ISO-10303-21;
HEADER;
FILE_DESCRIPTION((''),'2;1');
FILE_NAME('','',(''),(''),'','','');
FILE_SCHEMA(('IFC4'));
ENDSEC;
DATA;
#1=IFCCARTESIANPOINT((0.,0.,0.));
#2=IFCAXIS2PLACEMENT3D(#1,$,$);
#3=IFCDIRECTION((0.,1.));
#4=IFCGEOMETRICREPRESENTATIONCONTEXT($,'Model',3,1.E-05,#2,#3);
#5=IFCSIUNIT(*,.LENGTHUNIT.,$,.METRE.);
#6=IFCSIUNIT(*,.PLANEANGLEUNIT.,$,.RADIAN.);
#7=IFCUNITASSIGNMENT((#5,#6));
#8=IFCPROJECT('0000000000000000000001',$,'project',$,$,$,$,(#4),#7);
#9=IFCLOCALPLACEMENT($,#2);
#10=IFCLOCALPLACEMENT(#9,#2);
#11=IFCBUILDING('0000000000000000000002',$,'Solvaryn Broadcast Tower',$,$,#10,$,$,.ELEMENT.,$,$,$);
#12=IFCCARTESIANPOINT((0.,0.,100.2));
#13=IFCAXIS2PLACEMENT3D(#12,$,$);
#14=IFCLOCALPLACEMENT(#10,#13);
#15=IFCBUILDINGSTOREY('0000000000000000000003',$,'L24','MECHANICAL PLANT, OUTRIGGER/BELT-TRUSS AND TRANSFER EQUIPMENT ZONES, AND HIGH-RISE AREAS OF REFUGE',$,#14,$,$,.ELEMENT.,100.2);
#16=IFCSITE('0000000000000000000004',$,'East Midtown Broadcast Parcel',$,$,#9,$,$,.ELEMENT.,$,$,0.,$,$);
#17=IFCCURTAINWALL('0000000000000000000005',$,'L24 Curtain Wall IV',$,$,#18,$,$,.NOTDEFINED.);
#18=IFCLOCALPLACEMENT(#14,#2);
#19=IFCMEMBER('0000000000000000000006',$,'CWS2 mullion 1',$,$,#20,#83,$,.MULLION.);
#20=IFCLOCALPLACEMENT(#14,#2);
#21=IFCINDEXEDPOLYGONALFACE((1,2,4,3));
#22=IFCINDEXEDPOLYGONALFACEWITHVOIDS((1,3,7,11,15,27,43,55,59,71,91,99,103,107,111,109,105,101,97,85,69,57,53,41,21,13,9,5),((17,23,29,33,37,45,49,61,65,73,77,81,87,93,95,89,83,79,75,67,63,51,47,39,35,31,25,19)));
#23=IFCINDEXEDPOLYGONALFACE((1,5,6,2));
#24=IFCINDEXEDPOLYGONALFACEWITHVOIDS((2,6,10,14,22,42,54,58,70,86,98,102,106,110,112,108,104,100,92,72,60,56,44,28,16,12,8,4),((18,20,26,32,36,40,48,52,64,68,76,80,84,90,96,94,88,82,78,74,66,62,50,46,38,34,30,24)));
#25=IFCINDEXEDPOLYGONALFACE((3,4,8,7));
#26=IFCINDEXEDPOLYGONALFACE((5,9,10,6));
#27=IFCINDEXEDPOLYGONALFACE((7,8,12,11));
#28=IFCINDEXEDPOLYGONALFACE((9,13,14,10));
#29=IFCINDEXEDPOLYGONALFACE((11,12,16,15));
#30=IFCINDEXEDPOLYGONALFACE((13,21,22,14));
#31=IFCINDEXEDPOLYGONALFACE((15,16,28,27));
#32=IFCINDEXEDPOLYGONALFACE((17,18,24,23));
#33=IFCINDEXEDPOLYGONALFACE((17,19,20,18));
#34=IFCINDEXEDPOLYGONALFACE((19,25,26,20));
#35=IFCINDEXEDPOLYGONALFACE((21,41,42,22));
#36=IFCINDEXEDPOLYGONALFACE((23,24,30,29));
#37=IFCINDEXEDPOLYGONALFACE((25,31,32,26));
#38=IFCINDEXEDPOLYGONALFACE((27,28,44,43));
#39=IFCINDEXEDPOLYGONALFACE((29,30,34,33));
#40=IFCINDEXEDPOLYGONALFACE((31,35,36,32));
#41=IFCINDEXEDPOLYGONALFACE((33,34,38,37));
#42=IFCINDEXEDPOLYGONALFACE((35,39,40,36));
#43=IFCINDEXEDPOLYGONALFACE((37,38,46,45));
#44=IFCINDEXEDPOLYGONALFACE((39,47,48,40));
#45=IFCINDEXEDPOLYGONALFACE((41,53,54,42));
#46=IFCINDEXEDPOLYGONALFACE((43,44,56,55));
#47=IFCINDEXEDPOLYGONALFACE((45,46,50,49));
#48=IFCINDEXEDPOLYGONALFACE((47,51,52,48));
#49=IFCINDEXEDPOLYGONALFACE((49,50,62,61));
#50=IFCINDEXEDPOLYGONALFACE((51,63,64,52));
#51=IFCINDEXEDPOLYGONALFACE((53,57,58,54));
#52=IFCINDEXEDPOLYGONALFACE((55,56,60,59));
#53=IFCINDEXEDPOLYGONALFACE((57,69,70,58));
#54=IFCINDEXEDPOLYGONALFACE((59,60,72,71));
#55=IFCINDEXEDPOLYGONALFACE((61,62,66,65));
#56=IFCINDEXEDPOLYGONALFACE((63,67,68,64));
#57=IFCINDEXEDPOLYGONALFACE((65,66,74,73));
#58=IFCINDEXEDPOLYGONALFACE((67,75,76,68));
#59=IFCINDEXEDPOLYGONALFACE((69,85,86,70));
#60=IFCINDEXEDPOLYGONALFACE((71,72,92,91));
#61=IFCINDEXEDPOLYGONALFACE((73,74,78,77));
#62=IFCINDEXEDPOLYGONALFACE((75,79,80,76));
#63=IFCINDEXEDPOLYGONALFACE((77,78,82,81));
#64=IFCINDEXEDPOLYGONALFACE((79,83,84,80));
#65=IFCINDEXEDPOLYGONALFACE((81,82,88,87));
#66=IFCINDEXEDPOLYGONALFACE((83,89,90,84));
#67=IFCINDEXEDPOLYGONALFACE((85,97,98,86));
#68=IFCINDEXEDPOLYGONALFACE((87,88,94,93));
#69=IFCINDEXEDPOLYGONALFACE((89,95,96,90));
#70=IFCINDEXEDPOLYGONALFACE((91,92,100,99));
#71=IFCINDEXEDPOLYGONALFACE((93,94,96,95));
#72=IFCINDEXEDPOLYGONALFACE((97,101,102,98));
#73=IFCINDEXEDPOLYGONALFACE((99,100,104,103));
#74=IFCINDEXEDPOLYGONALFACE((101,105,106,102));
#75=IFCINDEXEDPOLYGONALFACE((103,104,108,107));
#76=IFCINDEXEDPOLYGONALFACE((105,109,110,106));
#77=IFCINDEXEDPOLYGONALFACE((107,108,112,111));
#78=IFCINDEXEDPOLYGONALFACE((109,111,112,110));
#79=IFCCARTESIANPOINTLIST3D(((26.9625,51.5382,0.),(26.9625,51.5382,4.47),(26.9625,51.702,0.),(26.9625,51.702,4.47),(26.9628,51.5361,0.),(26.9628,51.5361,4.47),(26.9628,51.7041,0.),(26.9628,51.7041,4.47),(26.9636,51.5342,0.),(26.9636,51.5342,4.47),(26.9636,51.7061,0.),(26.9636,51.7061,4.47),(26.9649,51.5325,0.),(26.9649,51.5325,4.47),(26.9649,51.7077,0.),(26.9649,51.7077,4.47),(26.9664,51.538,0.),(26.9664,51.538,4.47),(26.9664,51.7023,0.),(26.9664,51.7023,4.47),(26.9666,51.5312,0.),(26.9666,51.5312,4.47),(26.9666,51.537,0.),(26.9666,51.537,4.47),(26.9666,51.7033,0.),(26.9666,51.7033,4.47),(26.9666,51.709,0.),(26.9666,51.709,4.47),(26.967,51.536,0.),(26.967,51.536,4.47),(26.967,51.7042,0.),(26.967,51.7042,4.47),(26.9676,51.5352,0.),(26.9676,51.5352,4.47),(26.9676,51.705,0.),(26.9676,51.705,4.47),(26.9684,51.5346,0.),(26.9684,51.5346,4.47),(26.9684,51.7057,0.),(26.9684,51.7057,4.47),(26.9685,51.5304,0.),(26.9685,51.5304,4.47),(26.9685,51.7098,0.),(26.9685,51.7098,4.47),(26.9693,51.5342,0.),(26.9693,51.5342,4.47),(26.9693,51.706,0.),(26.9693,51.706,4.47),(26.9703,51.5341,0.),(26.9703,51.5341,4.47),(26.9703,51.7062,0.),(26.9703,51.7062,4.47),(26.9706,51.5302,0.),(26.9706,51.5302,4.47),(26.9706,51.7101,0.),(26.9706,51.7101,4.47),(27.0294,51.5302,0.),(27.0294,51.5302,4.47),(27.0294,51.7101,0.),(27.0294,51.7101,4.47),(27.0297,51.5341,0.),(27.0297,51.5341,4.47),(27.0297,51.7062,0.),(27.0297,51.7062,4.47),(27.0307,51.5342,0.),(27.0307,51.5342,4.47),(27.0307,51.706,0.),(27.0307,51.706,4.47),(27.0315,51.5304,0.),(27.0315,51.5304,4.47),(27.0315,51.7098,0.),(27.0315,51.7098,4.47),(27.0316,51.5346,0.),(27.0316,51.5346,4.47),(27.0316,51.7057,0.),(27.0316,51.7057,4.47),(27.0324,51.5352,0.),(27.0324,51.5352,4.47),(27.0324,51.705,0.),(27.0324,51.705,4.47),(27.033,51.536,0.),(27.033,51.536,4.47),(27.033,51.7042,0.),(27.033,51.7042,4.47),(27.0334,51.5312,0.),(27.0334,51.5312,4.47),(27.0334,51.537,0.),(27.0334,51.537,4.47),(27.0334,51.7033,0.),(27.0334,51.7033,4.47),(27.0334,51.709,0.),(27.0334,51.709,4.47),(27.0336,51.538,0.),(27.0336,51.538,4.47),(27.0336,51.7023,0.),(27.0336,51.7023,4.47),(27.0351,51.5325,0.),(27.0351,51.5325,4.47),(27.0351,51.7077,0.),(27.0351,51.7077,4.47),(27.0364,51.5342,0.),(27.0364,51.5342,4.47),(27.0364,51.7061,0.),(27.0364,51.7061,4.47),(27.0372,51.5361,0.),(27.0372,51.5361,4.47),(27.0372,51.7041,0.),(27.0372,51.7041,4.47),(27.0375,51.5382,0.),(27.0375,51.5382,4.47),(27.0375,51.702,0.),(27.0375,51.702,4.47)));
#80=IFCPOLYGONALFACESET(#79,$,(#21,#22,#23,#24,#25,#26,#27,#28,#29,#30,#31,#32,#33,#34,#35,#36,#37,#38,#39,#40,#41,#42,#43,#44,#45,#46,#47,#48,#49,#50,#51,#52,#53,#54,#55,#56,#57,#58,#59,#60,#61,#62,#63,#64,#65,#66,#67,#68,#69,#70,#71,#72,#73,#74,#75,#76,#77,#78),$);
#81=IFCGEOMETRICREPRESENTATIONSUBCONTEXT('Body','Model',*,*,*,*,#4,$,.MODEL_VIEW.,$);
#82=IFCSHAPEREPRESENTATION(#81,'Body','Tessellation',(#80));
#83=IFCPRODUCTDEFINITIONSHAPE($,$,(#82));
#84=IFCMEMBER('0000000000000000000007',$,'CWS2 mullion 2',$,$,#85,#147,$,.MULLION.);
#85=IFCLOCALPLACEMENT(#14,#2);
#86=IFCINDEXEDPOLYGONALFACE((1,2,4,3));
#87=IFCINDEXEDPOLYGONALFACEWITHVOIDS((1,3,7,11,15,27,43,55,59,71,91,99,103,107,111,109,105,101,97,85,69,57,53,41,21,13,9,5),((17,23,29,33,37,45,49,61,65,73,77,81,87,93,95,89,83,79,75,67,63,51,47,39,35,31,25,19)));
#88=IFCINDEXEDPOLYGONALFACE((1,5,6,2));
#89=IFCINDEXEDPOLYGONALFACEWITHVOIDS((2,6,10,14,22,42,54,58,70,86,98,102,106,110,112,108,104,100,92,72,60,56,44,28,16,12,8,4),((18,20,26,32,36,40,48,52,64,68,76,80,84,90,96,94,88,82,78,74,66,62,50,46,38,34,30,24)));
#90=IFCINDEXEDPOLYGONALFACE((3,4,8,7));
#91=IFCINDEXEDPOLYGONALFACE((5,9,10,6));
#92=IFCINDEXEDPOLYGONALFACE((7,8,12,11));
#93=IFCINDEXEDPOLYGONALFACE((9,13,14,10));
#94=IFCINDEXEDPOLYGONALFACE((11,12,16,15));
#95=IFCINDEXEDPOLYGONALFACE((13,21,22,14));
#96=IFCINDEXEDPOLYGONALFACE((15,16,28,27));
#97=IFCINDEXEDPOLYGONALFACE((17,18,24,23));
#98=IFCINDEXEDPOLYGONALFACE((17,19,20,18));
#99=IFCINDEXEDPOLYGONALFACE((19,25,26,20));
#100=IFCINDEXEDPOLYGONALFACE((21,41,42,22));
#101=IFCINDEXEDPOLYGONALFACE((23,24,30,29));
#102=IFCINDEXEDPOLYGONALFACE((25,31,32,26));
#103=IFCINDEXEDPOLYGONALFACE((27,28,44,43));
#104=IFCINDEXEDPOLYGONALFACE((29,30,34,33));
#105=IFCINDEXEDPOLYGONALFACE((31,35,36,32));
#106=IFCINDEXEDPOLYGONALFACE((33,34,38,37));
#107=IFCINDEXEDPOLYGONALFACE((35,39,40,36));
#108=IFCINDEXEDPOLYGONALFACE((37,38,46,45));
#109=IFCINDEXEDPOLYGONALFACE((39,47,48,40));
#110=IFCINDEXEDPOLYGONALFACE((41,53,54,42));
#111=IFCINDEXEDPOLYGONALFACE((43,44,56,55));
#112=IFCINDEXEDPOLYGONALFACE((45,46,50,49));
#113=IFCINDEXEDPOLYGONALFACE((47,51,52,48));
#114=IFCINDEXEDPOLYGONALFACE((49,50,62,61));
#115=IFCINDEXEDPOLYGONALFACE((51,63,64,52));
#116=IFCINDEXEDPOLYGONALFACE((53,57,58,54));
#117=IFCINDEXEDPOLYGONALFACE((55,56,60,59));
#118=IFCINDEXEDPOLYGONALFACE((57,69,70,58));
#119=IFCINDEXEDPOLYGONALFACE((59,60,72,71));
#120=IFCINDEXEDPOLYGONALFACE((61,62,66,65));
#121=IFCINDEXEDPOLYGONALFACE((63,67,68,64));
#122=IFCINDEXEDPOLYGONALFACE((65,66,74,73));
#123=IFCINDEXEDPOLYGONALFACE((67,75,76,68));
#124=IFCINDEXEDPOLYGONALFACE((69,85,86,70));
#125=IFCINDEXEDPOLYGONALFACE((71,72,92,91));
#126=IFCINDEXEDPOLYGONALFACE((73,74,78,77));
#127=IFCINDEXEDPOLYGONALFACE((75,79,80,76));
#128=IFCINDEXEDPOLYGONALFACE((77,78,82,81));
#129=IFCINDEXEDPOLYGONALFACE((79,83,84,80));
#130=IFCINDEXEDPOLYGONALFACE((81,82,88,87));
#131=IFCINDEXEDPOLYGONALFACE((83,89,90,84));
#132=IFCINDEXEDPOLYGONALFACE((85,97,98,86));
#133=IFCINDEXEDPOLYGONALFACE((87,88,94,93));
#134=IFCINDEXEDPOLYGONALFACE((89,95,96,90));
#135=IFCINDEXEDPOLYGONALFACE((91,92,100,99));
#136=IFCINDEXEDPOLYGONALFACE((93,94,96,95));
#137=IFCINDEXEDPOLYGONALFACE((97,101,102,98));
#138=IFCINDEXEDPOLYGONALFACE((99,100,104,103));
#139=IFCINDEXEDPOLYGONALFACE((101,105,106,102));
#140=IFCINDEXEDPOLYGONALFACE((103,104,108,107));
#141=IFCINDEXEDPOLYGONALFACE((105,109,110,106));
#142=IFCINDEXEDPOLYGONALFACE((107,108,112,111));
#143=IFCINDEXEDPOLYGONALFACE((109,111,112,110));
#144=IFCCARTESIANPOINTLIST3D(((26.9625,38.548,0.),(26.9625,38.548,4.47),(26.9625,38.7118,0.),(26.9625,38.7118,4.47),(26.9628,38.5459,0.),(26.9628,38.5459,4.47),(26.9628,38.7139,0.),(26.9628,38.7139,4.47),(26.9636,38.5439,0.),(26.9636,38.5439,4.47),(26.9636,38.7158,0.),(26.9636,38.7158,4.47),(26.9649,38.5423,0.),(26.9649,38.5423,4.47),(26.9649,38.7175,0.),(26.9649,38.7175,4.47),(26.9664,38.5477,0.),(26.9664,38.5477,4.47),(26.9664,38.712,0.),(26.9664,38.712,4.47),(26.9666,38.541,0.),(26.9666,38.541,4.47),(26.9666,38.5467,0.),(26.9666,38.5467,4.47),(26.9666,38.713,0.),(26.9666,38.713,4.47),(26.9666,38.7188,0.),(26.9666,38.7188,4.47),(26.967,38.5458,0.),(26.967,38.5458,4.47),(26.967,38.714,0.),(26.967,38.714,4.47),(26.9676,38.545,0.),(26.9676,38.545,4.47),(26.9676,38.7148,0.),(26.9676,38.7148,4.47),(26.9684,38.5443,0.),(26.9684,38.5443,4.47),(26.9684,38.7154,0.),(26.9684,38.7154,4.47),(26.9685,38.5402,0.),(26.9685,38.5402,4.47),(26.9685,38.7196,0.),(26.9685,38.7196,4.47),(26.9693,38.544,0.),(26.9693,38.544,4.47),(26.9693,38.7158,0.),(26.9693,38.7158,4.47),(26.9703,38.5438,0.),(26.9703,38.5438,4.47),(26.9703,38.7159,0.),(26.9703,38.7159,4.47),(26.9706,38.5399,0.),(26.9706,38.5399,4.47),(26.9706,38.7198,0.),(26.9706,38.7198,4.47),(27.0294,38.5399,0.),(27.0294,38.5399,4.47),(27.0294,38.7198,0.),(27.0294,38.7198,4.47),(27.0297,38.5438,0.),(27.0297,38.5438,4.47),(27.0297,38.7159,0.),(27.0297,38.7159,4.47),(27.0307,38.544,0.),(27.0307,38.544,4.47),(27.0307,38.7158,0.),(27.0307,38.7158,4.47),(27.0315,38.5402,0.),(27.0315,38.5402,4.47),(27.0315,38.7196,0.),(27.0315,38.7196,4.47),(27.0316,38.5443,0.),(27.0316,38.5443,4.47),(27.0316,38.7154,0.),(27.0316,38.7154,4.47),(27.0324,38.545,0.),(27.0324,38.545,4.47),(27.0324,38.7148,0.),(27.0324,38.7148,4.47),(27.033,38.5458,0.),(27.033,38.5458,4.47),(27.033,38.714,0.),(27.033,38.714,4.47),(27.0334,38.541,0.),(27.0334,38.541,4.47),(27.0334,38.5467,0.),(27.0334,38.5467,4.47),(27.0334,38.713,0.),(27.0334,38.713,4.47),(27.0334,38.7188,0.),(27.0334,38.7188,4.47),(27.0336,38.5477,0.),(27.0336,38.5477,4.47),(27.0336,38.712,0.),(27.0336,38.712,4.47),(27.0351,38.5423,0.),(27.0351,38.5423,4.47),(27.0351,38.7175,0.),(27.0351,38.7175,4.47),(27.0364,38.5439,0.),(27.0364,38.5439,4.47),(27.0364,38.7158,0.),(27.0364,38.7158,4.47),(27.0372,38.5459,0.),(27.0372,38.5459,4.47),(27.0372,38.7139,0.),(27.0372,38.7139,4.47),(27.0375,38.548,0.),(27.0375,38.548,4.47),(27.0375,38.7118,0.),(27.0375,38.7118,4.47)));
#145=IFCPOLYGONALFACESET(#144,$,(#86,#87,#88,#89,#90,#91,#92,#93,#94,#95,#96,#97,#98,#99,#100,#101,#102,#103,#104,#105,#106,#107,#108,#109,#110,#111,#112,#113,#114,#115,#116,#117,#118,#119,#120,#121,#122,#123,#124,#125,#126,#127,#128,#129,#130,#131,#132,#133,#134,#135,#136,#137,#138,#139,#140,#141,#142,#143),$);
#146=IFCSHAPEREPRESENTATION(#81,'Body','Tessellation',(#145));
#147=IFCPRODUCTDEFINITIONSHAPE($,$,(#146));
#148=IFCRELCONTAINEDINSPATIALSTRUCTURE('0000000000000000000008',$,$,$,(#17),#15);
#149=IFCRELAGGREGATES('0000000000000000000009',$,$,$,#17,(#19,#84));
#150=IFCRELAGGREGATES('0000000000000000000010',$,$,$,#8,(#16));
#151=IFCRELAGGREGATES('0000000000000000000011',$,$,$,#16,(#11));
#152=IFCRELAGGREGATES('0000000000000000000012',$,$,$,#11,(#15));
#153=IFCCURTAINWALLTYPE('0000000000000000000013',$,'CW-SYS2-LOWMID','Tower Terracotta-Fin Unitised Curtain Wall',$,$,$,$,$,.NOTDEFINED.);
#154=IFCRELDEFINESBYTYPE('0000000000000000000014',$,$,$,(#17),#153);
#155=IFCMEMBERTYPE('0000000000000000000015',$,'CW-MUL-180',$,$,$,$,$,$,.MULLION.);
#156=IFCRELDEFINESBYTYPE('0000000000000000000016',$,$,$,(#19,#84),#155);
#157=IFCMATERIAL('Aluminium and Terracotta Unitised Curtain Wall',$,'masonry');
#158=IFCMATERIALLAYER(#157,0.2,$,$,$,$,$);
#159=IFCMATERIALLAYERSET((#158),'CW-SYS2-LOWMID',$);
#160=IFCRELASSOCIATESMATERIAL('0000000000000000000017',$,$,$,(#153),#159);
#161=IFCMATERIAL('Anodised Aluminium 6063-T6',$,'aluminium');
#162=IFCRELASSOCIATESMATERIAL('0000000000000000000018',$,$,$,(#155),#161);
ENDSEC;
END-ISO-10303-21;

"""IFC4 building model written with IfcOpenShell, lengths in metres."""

from ifc_helpers import new_model, si_unit, direction, frame, origin, origin_2d, place, context, subcontext, project, spatial, hollow_rectangle, extrude, material, layer, layer_set, material_profile, profile_set, type_object, element, aggregate, save


model = new_model("IFC4")

# Units and contexts
model_context = context("Model", 3, precision=1e-05, world=origin(), true_north=direction((0.0, 1.0)))
body_context = subcontext(model_context, "Body", "Model", "MODEL_VIEW")
ifc_project = project(units=[si_unit("LENGTHUNIT", "METRE"), si_unit("PLANEANGLEUNIT", "RADIAN")], contexts=[model_context])

# Site, building, storey
site_placement = place(None, origin())
site = spatial("IfcSite", under=ifc_project, at=site_placement, Name="East Midtown Broadcast Parcel", CompositionType="ELEMENT", RefElevation=0.0)
building_placement = place(site_placement, origin())
building = spatial("IfcBuilding", under=site, at=building_placement, Name="Solvaryn Broadcast Tower", CompositionType="ELEMENT")
storey_placement = place(building_placement, frame((0.0, 0.0, 100.2)))
storey = spatial("IfcBuildingStorey", under=building, at=storey_placement, Name="L24", Description="MECHANICAL PLANT, OUTRIGGER/BELT-TRUSS AND TRANSFER EQUIPMENT ZONES, AND HIGH-RISE AREAS OF REFUGE", CompositionType="ELEMENT", Elevation=100.2)

# Curtain wall, members
ifc_material_1 = material(Name="Aluminium and Terracotta Unitised Curtain Wall", Category="masonry")
ifc_layer_1 = layer(ifc_material_1, 0.2)
ifc_layer_set_1 = layer_set([ifc_layer_1], Name="CW-SYS2-LOWMID")
curtain_wall_type = type_object("IfcCurtainWallType", Name="CW-SYS2-LOWMID", Description="Tower Terracotta-Fin Unitised Curtain Wall", PredefinedType="NOTDEFINED", material=ifc_layer_set_1)
curtain_wall_1_placement = place(storey_placement, origin())
curtain_wall_1 = element("IfcCurtainWall", 1, at=curtain_wall_1_placement, inside=storey, type_object=curtain_wall_type, Name="L24 Curtain Wall IV", PredefinedType="NOTDEFINED")
ifc_material_2 = material(Name="Anodised Aluminium 6063-T6", Category="aluminium")
ifc_material_profile_1 = material_profile(ifc_material_2, hollow_rectangle(XDim=0.075, YDim=0.1799, WallThickness=0.0039, InnerFilletRadius=0.0039, OuterFilletRadius=0.0081, at=origin_2d()))
ifc_profile_set_1 = profile_set([ifc_material_profile_1], Name="Anodised Aluminium 6063-T6")
member_type_1 = type_object("IfcMemberType", Name="CW-MUL-180", PredefinedType="MULLION", material=ifc_profile_set_1)
member_1_placement = place(storey_placement, frame((27.0, 51.6201, 0.0), z_axis=(0.0, 0.0, 1.0), x_axis=(1.0, 0.0, 0.0)))
member_1 = element("IfcMember", 2, at=member_1_placement, type_object=member_type_1, Name="CWS2 mullion 1", PredefinedType="MULLION", context=body_context, shape_type="SweptSolid", body=[
    extrude(hollow_rectangle(XDim=0.075, YDim=0.1799, WallThickness=0.0039, InnerFilletRadius=0.0039, OuterFilletRadius=0.0081, at=origin_2d()), origin(), (0.0, 0.0, 1.0), 4.47),
])
member_2_placement = place(storey_placement, frame((27.0, 38.6299, 0.0), z_axis=(0.0, 0.0, 1.0), x_axis=(1.0, 0.0, 0.0)))
member_2 = element("IfcMember", 3, at=member_2_placement, type_object=member_type_1, Name="CWS2 mullion 2", PredefinedType="MULLION", context=body_context, shape_type="SweptSolid", body=[
    extrude(hollow_rectangle(XDim=0.075, YDim=0.1799, WallThickness=0.0039, InnerFilletRadius=0.0039, OuterFilletRadius=0.0081, at=origin_2d()), origin(), (0.0, 0.0, 1.0), 4.47),
])

aggregate(curtain_wall_1, [member_1, member_2])

save(model, "model.ifc")
